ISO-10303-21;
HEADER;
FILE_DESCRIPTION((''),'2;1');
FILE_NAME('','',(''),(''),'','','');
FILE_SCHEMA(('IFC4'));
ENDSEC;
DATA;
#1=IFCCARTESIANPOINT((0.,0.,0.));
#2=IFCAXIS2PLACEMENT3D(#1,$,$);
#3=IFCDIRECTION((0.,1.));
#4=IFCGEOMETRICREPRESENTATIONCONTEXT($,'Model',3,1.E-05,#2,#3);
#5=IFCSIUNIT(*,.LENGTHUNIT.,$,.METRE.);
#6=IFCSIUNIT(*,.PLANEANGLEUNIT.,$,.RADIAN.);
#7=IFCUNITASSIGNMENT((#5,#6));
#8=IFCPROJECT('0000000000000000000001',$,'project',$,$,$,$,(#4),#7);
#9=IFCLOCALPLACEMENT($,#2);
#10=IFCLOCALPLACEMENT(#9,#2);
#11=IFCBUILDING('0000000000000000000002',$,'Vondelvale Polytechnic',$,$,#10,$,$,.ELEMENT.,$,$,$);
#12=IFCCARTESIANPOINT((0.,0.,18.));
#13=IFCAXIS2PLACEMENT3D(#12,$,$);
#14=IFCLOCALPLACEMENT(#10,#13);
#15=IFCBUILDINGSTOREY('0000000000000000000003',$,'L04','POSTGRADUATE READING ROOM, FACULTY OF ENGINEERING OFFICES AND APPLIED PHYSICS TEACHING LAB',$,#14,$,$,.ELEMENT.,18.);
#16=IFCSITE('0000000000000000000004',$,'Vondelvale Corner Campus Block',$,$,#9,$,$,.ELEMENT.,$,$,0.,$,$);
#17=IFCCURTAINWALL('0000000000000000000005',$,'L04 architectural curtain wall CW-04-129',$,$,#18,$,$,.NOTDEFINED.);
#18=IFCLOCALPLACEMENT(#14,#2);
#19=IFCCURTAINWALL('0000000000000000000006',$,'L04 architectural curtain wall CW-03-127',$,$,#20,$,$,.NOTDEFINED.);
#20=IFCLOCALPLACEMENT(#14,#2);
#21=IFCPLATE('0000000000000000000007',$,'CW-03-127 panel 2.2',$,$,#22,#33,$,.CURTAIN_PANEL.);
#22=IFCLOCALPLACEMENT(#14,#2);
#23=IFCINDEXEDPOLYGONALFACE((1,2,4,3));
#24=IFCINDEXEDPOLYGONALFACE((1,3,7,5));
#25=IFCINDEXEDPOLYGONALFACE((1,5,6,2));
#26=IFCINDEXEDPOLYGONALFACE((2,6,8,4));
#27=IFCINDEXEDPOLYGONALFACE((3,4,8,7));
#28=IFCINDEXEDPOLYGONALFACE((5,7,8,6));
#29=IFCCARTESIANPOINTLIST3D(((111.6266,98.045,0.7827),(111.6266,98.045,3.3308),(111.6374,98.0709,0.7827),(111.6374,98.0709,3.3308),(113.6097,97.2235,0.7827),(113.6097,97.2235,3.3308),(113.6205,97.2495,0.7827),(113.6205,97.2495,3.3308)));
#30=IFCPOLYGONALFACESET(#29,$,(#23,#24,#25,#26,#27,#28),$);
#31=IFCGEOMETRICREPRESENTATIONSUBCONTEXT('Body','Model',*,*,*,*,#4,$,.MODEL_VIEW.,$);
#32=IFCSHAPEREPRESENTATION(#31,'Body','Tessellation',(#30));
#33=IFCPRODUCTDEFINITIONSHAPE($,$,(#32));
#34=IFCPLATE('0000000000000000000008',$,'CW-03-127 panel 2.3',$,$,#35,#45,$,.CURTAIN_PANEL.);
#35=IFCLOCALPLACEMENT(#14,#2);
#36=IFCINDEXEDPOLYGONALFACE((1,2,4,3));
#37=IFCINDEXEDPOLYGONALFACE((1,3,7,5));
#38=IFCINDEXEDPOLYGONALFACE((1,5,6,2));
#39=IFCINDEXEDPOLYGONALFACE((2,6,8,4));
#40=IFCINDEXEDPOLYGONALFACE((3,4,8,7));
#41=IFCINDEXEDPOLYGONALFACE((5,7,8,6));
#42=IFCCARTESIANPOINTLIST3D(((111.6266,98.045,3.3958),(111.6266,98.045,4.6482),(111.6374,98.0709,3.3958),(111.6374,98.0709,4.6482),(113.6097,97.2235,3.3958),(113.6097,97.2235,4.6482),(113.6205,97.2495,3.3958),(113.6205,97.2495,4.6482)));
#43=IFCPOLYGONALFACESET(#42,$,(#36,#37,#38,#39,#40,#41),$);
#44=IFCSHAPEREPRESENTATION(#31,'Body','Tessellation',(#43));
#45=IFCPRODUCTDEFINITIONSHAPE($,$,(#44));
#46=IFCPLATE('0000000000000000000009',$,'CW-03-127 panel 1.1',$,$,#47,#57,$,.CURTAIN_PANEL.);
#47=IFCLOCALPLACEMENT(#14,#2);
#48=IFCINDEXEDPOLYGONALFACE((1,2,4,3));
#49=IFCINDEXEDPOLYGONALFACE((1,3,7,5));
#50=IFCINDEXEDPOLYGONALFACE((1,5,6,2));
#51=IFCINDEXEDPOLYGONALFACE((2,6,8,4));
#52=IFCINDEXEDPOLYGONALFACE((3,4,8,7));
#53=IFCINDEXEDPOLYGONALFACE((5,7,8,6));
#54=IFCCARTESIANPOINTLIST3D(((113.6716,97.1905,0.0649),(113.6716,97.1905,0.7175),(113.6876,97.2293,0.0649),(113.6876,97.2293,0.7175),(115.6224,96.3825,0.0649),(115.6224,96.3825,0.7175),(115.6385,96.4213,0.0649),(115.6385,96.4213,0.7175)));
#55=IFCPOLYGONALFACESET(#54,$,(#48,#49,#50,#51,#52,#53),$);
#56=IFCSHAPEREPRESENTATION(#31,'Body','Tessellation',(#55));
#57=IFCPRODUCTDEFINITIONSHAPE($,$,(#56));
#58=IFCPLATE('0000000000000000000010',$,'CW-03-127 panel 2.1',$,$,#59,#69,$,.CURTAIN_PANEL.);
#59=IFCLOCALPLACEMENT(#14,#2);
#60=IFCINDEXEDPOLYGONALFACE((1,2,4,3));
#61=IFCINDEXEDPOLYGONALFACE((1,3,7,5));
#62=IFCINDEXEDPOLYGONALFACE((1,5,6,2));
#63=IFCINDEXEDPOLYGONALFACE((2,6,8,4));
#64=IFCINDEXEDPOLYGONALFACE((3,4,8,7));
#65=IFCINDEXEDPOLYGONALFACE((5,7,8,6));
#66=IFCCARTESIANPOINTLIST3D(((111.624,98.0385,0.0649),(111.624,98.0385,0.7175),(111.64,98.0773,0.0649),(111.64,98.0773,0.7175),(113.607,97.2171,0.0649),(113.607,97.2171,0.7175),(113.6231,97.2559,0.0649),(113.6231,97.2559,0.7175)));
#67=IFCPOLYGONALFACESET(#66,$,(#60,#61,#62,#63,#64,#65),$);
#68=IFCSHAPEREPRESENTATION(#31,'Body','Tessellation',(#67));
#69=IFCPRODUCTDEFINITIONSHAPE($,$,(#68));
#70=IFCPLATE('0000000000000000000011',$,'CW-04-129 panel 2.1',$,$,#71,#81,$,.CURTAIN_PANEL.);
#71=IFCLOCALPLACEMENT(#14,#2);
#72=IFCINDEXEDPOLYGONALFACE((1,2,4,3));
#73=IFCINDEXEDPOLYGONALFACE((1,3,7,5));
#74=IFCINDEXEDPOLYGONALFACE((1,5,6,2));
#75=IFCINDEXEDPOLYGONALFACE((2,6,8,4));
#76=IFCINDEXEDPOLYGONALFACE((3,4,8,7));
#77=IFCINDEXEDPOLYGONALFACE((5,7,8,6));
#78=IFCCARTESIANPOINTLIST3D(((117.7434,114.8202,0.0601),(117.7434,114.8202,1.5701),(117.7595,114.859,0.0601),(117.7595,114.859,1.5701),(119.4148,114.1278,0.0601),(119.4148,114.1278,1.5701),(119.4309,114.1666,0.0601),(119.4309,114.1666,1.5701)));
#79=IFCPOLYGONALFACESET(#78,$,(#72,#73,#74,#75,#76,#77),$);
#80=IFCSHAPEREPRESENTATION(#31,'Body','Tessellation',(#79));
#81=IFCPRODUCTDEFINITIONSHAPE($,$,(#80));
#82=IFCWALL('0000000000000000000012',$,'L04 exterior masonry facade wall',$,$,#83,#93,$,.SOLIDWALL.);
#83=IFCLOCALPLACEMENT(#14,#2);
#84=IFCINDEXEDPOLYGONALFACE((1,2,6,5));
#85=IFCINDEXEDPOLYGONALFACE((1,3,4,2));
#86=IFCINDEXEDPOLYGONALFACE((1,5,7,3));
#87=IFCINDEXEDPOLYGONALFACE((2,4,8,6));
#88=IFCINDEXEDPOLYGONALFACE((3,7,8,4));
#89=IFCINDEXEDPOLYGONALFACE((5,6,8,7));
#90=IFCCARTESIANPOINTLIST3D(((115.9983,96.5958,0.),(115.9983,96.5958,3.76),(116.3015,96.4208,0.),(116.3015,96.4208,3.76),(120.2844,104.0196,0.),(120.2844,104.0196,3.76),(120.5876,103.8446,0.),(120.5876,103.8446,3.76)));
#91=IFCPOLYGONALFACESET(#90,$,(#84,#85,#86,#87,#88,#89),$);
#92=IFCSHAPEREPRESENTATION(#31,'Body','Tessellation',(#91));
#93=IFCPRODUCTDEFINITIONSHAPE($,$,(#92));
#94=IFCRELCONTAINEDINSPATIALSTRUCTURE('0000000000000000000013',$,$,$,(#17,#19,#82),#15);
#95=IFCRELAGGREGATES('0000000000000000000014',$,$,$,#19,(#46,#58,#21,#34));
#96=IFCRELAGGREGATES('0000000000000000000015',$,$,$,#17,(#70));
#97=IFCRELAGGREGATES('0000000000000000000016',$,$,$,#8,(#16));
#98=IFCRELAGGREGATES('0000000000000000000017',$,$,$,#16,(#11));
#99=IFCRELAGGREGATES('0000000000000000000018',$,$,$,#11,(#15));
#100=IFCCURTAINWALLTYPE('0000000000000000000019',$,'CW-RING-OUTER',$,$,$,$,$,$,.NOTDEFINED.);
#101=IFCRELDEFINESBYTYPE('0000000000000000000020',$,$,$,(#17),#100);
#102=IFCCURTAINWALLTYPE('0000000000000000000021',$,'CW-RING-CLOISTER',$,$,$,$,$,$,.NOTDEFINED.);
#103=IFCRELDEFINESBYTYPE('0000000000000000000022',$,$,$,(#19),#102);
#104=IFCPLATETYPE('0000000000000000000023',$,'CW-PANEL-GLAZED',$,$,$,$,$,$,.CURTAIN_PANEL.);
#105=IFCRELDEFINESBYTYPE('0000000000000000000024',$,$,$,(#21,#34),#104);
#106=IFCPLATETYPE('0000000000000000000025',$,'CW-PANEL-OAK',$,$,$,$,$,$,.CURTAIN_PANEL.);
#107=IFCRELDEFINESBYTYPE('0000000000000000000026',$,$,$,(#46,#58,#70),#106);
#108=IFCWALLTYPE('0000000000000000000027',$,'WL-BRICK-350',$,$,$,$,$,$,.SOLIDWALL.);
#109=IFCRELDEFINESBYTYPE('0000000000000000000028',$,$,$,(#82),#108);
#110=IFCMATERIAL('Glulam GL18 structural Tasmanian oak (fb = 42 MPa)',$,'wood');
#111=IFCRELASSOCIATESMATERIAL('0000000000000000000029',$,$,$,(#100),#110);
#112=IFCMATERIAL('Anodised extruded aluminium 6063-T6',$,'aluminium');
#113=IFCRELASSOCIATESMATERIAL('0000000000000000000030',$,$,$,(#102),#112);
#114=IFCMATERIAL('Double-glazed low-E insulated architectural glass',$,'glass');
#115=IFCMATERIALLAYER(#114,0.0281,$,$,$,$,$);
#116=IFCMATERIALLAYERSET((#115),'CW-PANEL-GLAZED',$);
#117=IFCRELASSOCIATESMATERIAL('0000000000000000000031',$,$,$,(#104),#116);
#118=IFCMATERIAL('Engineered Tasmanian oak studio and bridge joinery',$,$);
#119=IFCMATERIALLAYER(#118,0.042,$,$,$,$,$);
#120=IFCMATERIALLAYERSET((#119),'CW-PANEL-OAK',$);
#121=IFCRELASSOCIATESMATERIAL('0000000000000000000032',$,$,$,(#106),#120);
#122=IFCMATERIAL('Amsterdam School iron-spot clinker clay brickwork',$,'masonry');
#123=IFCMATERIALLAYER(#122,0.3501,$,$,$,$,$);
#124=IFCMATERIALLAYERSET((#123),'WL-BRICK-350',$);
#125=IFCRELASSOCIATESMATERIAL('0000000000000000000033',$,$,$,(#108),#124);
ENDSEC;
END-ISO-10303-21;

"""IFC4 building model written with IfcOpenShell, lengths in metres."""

from ifc_helpers import new_model, si_unit, direction, frame, frame_2d, origin, origin_2d, place, context, subcontext, project, spatial, rectangle, extrude, material, layer, layer_set, type_object, element, aggregate, save


model = new_model("IFC4")

# Units and contexts
model_context = context("Model", 3, precision=1e-05, world=origin(), true_north=direction((0.0, 1.0)))
body_context = subcontext(model_context, "Body", "Model", "MODEL_VIEW")
ifc_project = project(units=[si_unit("LENGTHUNIT", "METRE"), si_unit("PLANEANGLEUNIT", "RADIAN")], contexts=[model_context])

# Site, building, storey
site_placement = place(None, origin())
site = spatial("IfcSite", under=ifc_project, at=site_placement, Name="Vondelvale Corner Campus Block", CompositionType="ELEMENT", RefElevation=0.0)
building_placement = place(site_placement, origin())
building = spatial("IfcBuilding", under=site, at=building_placement, Name="Vondelvale Polytechnic", CompositionType="ELEMENT")
storey_placement = place(building_placement, frame((0.0, 0.0, 18.0)))
storey = spatial("IfcBuildingStorey", under=building, at=storey_placement, Name="L04", Description="POSTGRADUATE READING ROOM, FACULTY OF ENGINEERING OFFICES AND APPLIED PHYSICS TEACHING LAB", CompositionType="ELEMENT", Elevation=18.0)

# Shared definitions
ifc_material_1 = material(Name="Glulam GL18 structural Tasmanian oak (fb = 42 MPa)", Category="wood")

# Curtain wall
curtain_wall_type_1 = type_object("IfcCurtainWallType", Name="CW-RING-OUTER", PredefinedType="NOTDEFINED", material=ifc_material_1)
curtain_wall_1_placement = place(storey_placement, origin())
curtain_wall_1 = element("IfcCurtainWall", 1, at=curtain_wall_1_placement, inside=storey, type_object=curtain_wall_type_1, Name="L04 architectural curtain wall CW-04-129", PredefinedType="NOTDEFINED")
ifc_material_2 = material(Name="Anodised extruded aluminium 6063-T6", Category="aluminium")

# Curtain wall
curtain_wall_type_2 = type_object("IfcCurtainWallType", Name="CW-RING-CLOISTER", PredefinedType="NOTDEFINED", material=ifc_material_2)
curtain_wall_2_placement = place(storey_placement, origin())
curtain_wall_2 = element("IfcCurtainWall", 2, at=curtain_wall_2_placement, inside=storey, type_object=curtain_wall_type_2, Name="L04 architectural curtain wall CW-03-127", PredefinedType="NOTDEFINED")

# Plates
ifc_material_3 = material(Name="Double-glazed low-E insulated architectural glass", Category="glass")
ifc_layer_1 = layer(ifc_material_3, 0.0281)
ifc_layer_set_1 = layer_set([ifc_layer_1], Name="CW-PANEL-GLAZED")
plate_type_1 = type_object("IfcPlateType", Name="CW-PANEL-GLAZED", PredefinedType="CURTAIN_PANEL", material=ifc_layer_set_1)
plate_1_placement = place(storey_placement, frame((112.6235, 97.6472, 0.7827), z_axis=(0.0, 0.0, 1.0), x_axis=(-0.923882, 0.382679, 0.0)))
plate_1 = element("IfcPlate", 3, at=plate_1_placement, type_object=plate_type_1, Name="CW-03-127 panel 2.2", PredefinedType="CURTAIN_PANEL", context=body_context, shape_type="SweptSolid", body=[
    extrude(rectangle(XDim=2.1465, YDim=0.0281, at=origin_2d()), origin(), (0.0, 0.0, 1.0), 2.5481),
])
plate_2_placement = place(storey_placement, frame((112.6235, 97.6472, 3.3958), z_axis=(0.0, 0.0, 1.0), x_axis=(-0.923882, 0.382679, 0.0)))
plate_2 = element("IfcPlate", 4, at=plate_2_placement, type_object=plate_type_1, Name="CW-03-127 panel 2.3", PredefinedType="CURTAIN_PANEL", context=body_context, shape_type="SweptSolid", body=[
    extrude(rectangle(XDim=2.1465, YDim=0.0281, at=origin_2d()), origin(), (0.0, 0.0, 1.0), 1.2524),
])
ifc_material_4 = material(Name="Engineered Tasmanian oak studio and bridge joinery")
ifc_layer_2 = layer(ifc_material_4, 0.042)
ifc_layer_set_2 = layer_set([ifc_layer_2], Name="CW-PANEL-OAK")
plate_type_2 = type_object("IfcPlateType", Name="CW-PANEL-OAK", PredefinedType="CURTAIN_PANEL", material=ifc_layer_set_2)
plate_3_placement = place(storey_placement, frame((114.655, 96.8059, 0.0649), z_axis=(0.0, 0.0, 1.0), x_axis=(-0.923882, 0.382679, 0.0)))
plate_3 = element("IfcPlate", 5, at=plate_3_placement, type_object=plate_type_2, Name="CW-03-127 panel 1.1", PredefinedType="CURTAIN_PANEL", context=body_context, shape_type="SweptSolid", body=[
    extrude(rectangle(XDim=2.1116, YDim=0.042, at=origin_2d()), origin(), (0.0, 0.0, 1.0), 0.6526),
])
plate_4_placement = place(storey_placement, frame((112.6235, 97.6472, 0.0649), z_axis=(0.0, 0.0, 1.0), x_axis=(-0.923882, 0.382679, 0.0)))
plate_4 = element("IfcPlate", 6, at=plate_4_placement, type_object=plate_type_2, Name="CW-03-127 panel 2.1", PredefinedType="CURTAIN_PANEL", context=body_context, shape_type="SweptSolid", body=[
    extrude(rectangle(XDim=2.1465, YDim=0.042, at=origin_2d()), origin(), (0.0, 0.0, 1.0), 0.6526),
])
aggregate(curtain_wall_2, [plate_3, plate_4, plate_1, plate_2])
plate_5_placement = place(storey_placement, frame((118.5872, 114.4934, 0.0601), z_axis=(0.0, 0.0, 1.0), x_axis=(-0.923875, 0.382695, 0.0)))
plate_5 = element("IfcPlate", 7, at=plate_5_placement, type_object=plate_type_2, Name="CW-04-129 panel 2.1", PredefinedType="CURTAIN_PANEL", context=body_context, shape_type="SweptSolid", body=[
    extrude(rectangle(XDim=1.8091, YDim=0.042, at=origin_2d()), origin(), (0.0, 0.0, 1.0), 1.51),
])
aggregate(curtain_wall_1, [plate_5])

# Wall
ifc_material_5 = material(Name="Amsterdam School iron-spot clinker clay brickwork", Category="masonry")
ifc_layer_3 = layer(ifc_material_5, 0.3501)
ifc_layer_set_3 = layer_set([ifc_layer_3], Name="WL-BRICK-350")
wall_type = type_object("IfcWallType", Name="WL-BRICK-350", PredefinedType="SOLIDWALL", material=ifc_layer_set_3)
wall_placement = place(storey_placement, frame((116.1499, 96.5083, 0.0), z_axis=(0.0, 0.0, 1.0), x_axis=(0.499999, 0.866026, 0.0)))
element("IfcWall", 8, at=wall_placement, inside=storey, type_object=wall_type, Name="L04 exterior masonry facade wall", PredefinedType="SOLIDWALL", context=body_context, shape_type="SweptSolid", body=[
    extrude(rectangle(XDim=8.5723, YDim=0.3501, at=frame_2d((4.2861, 0.0))), origin(), (0.0, 0.0, 1.0), 3.76),
])

save(model, "model.ifc")
